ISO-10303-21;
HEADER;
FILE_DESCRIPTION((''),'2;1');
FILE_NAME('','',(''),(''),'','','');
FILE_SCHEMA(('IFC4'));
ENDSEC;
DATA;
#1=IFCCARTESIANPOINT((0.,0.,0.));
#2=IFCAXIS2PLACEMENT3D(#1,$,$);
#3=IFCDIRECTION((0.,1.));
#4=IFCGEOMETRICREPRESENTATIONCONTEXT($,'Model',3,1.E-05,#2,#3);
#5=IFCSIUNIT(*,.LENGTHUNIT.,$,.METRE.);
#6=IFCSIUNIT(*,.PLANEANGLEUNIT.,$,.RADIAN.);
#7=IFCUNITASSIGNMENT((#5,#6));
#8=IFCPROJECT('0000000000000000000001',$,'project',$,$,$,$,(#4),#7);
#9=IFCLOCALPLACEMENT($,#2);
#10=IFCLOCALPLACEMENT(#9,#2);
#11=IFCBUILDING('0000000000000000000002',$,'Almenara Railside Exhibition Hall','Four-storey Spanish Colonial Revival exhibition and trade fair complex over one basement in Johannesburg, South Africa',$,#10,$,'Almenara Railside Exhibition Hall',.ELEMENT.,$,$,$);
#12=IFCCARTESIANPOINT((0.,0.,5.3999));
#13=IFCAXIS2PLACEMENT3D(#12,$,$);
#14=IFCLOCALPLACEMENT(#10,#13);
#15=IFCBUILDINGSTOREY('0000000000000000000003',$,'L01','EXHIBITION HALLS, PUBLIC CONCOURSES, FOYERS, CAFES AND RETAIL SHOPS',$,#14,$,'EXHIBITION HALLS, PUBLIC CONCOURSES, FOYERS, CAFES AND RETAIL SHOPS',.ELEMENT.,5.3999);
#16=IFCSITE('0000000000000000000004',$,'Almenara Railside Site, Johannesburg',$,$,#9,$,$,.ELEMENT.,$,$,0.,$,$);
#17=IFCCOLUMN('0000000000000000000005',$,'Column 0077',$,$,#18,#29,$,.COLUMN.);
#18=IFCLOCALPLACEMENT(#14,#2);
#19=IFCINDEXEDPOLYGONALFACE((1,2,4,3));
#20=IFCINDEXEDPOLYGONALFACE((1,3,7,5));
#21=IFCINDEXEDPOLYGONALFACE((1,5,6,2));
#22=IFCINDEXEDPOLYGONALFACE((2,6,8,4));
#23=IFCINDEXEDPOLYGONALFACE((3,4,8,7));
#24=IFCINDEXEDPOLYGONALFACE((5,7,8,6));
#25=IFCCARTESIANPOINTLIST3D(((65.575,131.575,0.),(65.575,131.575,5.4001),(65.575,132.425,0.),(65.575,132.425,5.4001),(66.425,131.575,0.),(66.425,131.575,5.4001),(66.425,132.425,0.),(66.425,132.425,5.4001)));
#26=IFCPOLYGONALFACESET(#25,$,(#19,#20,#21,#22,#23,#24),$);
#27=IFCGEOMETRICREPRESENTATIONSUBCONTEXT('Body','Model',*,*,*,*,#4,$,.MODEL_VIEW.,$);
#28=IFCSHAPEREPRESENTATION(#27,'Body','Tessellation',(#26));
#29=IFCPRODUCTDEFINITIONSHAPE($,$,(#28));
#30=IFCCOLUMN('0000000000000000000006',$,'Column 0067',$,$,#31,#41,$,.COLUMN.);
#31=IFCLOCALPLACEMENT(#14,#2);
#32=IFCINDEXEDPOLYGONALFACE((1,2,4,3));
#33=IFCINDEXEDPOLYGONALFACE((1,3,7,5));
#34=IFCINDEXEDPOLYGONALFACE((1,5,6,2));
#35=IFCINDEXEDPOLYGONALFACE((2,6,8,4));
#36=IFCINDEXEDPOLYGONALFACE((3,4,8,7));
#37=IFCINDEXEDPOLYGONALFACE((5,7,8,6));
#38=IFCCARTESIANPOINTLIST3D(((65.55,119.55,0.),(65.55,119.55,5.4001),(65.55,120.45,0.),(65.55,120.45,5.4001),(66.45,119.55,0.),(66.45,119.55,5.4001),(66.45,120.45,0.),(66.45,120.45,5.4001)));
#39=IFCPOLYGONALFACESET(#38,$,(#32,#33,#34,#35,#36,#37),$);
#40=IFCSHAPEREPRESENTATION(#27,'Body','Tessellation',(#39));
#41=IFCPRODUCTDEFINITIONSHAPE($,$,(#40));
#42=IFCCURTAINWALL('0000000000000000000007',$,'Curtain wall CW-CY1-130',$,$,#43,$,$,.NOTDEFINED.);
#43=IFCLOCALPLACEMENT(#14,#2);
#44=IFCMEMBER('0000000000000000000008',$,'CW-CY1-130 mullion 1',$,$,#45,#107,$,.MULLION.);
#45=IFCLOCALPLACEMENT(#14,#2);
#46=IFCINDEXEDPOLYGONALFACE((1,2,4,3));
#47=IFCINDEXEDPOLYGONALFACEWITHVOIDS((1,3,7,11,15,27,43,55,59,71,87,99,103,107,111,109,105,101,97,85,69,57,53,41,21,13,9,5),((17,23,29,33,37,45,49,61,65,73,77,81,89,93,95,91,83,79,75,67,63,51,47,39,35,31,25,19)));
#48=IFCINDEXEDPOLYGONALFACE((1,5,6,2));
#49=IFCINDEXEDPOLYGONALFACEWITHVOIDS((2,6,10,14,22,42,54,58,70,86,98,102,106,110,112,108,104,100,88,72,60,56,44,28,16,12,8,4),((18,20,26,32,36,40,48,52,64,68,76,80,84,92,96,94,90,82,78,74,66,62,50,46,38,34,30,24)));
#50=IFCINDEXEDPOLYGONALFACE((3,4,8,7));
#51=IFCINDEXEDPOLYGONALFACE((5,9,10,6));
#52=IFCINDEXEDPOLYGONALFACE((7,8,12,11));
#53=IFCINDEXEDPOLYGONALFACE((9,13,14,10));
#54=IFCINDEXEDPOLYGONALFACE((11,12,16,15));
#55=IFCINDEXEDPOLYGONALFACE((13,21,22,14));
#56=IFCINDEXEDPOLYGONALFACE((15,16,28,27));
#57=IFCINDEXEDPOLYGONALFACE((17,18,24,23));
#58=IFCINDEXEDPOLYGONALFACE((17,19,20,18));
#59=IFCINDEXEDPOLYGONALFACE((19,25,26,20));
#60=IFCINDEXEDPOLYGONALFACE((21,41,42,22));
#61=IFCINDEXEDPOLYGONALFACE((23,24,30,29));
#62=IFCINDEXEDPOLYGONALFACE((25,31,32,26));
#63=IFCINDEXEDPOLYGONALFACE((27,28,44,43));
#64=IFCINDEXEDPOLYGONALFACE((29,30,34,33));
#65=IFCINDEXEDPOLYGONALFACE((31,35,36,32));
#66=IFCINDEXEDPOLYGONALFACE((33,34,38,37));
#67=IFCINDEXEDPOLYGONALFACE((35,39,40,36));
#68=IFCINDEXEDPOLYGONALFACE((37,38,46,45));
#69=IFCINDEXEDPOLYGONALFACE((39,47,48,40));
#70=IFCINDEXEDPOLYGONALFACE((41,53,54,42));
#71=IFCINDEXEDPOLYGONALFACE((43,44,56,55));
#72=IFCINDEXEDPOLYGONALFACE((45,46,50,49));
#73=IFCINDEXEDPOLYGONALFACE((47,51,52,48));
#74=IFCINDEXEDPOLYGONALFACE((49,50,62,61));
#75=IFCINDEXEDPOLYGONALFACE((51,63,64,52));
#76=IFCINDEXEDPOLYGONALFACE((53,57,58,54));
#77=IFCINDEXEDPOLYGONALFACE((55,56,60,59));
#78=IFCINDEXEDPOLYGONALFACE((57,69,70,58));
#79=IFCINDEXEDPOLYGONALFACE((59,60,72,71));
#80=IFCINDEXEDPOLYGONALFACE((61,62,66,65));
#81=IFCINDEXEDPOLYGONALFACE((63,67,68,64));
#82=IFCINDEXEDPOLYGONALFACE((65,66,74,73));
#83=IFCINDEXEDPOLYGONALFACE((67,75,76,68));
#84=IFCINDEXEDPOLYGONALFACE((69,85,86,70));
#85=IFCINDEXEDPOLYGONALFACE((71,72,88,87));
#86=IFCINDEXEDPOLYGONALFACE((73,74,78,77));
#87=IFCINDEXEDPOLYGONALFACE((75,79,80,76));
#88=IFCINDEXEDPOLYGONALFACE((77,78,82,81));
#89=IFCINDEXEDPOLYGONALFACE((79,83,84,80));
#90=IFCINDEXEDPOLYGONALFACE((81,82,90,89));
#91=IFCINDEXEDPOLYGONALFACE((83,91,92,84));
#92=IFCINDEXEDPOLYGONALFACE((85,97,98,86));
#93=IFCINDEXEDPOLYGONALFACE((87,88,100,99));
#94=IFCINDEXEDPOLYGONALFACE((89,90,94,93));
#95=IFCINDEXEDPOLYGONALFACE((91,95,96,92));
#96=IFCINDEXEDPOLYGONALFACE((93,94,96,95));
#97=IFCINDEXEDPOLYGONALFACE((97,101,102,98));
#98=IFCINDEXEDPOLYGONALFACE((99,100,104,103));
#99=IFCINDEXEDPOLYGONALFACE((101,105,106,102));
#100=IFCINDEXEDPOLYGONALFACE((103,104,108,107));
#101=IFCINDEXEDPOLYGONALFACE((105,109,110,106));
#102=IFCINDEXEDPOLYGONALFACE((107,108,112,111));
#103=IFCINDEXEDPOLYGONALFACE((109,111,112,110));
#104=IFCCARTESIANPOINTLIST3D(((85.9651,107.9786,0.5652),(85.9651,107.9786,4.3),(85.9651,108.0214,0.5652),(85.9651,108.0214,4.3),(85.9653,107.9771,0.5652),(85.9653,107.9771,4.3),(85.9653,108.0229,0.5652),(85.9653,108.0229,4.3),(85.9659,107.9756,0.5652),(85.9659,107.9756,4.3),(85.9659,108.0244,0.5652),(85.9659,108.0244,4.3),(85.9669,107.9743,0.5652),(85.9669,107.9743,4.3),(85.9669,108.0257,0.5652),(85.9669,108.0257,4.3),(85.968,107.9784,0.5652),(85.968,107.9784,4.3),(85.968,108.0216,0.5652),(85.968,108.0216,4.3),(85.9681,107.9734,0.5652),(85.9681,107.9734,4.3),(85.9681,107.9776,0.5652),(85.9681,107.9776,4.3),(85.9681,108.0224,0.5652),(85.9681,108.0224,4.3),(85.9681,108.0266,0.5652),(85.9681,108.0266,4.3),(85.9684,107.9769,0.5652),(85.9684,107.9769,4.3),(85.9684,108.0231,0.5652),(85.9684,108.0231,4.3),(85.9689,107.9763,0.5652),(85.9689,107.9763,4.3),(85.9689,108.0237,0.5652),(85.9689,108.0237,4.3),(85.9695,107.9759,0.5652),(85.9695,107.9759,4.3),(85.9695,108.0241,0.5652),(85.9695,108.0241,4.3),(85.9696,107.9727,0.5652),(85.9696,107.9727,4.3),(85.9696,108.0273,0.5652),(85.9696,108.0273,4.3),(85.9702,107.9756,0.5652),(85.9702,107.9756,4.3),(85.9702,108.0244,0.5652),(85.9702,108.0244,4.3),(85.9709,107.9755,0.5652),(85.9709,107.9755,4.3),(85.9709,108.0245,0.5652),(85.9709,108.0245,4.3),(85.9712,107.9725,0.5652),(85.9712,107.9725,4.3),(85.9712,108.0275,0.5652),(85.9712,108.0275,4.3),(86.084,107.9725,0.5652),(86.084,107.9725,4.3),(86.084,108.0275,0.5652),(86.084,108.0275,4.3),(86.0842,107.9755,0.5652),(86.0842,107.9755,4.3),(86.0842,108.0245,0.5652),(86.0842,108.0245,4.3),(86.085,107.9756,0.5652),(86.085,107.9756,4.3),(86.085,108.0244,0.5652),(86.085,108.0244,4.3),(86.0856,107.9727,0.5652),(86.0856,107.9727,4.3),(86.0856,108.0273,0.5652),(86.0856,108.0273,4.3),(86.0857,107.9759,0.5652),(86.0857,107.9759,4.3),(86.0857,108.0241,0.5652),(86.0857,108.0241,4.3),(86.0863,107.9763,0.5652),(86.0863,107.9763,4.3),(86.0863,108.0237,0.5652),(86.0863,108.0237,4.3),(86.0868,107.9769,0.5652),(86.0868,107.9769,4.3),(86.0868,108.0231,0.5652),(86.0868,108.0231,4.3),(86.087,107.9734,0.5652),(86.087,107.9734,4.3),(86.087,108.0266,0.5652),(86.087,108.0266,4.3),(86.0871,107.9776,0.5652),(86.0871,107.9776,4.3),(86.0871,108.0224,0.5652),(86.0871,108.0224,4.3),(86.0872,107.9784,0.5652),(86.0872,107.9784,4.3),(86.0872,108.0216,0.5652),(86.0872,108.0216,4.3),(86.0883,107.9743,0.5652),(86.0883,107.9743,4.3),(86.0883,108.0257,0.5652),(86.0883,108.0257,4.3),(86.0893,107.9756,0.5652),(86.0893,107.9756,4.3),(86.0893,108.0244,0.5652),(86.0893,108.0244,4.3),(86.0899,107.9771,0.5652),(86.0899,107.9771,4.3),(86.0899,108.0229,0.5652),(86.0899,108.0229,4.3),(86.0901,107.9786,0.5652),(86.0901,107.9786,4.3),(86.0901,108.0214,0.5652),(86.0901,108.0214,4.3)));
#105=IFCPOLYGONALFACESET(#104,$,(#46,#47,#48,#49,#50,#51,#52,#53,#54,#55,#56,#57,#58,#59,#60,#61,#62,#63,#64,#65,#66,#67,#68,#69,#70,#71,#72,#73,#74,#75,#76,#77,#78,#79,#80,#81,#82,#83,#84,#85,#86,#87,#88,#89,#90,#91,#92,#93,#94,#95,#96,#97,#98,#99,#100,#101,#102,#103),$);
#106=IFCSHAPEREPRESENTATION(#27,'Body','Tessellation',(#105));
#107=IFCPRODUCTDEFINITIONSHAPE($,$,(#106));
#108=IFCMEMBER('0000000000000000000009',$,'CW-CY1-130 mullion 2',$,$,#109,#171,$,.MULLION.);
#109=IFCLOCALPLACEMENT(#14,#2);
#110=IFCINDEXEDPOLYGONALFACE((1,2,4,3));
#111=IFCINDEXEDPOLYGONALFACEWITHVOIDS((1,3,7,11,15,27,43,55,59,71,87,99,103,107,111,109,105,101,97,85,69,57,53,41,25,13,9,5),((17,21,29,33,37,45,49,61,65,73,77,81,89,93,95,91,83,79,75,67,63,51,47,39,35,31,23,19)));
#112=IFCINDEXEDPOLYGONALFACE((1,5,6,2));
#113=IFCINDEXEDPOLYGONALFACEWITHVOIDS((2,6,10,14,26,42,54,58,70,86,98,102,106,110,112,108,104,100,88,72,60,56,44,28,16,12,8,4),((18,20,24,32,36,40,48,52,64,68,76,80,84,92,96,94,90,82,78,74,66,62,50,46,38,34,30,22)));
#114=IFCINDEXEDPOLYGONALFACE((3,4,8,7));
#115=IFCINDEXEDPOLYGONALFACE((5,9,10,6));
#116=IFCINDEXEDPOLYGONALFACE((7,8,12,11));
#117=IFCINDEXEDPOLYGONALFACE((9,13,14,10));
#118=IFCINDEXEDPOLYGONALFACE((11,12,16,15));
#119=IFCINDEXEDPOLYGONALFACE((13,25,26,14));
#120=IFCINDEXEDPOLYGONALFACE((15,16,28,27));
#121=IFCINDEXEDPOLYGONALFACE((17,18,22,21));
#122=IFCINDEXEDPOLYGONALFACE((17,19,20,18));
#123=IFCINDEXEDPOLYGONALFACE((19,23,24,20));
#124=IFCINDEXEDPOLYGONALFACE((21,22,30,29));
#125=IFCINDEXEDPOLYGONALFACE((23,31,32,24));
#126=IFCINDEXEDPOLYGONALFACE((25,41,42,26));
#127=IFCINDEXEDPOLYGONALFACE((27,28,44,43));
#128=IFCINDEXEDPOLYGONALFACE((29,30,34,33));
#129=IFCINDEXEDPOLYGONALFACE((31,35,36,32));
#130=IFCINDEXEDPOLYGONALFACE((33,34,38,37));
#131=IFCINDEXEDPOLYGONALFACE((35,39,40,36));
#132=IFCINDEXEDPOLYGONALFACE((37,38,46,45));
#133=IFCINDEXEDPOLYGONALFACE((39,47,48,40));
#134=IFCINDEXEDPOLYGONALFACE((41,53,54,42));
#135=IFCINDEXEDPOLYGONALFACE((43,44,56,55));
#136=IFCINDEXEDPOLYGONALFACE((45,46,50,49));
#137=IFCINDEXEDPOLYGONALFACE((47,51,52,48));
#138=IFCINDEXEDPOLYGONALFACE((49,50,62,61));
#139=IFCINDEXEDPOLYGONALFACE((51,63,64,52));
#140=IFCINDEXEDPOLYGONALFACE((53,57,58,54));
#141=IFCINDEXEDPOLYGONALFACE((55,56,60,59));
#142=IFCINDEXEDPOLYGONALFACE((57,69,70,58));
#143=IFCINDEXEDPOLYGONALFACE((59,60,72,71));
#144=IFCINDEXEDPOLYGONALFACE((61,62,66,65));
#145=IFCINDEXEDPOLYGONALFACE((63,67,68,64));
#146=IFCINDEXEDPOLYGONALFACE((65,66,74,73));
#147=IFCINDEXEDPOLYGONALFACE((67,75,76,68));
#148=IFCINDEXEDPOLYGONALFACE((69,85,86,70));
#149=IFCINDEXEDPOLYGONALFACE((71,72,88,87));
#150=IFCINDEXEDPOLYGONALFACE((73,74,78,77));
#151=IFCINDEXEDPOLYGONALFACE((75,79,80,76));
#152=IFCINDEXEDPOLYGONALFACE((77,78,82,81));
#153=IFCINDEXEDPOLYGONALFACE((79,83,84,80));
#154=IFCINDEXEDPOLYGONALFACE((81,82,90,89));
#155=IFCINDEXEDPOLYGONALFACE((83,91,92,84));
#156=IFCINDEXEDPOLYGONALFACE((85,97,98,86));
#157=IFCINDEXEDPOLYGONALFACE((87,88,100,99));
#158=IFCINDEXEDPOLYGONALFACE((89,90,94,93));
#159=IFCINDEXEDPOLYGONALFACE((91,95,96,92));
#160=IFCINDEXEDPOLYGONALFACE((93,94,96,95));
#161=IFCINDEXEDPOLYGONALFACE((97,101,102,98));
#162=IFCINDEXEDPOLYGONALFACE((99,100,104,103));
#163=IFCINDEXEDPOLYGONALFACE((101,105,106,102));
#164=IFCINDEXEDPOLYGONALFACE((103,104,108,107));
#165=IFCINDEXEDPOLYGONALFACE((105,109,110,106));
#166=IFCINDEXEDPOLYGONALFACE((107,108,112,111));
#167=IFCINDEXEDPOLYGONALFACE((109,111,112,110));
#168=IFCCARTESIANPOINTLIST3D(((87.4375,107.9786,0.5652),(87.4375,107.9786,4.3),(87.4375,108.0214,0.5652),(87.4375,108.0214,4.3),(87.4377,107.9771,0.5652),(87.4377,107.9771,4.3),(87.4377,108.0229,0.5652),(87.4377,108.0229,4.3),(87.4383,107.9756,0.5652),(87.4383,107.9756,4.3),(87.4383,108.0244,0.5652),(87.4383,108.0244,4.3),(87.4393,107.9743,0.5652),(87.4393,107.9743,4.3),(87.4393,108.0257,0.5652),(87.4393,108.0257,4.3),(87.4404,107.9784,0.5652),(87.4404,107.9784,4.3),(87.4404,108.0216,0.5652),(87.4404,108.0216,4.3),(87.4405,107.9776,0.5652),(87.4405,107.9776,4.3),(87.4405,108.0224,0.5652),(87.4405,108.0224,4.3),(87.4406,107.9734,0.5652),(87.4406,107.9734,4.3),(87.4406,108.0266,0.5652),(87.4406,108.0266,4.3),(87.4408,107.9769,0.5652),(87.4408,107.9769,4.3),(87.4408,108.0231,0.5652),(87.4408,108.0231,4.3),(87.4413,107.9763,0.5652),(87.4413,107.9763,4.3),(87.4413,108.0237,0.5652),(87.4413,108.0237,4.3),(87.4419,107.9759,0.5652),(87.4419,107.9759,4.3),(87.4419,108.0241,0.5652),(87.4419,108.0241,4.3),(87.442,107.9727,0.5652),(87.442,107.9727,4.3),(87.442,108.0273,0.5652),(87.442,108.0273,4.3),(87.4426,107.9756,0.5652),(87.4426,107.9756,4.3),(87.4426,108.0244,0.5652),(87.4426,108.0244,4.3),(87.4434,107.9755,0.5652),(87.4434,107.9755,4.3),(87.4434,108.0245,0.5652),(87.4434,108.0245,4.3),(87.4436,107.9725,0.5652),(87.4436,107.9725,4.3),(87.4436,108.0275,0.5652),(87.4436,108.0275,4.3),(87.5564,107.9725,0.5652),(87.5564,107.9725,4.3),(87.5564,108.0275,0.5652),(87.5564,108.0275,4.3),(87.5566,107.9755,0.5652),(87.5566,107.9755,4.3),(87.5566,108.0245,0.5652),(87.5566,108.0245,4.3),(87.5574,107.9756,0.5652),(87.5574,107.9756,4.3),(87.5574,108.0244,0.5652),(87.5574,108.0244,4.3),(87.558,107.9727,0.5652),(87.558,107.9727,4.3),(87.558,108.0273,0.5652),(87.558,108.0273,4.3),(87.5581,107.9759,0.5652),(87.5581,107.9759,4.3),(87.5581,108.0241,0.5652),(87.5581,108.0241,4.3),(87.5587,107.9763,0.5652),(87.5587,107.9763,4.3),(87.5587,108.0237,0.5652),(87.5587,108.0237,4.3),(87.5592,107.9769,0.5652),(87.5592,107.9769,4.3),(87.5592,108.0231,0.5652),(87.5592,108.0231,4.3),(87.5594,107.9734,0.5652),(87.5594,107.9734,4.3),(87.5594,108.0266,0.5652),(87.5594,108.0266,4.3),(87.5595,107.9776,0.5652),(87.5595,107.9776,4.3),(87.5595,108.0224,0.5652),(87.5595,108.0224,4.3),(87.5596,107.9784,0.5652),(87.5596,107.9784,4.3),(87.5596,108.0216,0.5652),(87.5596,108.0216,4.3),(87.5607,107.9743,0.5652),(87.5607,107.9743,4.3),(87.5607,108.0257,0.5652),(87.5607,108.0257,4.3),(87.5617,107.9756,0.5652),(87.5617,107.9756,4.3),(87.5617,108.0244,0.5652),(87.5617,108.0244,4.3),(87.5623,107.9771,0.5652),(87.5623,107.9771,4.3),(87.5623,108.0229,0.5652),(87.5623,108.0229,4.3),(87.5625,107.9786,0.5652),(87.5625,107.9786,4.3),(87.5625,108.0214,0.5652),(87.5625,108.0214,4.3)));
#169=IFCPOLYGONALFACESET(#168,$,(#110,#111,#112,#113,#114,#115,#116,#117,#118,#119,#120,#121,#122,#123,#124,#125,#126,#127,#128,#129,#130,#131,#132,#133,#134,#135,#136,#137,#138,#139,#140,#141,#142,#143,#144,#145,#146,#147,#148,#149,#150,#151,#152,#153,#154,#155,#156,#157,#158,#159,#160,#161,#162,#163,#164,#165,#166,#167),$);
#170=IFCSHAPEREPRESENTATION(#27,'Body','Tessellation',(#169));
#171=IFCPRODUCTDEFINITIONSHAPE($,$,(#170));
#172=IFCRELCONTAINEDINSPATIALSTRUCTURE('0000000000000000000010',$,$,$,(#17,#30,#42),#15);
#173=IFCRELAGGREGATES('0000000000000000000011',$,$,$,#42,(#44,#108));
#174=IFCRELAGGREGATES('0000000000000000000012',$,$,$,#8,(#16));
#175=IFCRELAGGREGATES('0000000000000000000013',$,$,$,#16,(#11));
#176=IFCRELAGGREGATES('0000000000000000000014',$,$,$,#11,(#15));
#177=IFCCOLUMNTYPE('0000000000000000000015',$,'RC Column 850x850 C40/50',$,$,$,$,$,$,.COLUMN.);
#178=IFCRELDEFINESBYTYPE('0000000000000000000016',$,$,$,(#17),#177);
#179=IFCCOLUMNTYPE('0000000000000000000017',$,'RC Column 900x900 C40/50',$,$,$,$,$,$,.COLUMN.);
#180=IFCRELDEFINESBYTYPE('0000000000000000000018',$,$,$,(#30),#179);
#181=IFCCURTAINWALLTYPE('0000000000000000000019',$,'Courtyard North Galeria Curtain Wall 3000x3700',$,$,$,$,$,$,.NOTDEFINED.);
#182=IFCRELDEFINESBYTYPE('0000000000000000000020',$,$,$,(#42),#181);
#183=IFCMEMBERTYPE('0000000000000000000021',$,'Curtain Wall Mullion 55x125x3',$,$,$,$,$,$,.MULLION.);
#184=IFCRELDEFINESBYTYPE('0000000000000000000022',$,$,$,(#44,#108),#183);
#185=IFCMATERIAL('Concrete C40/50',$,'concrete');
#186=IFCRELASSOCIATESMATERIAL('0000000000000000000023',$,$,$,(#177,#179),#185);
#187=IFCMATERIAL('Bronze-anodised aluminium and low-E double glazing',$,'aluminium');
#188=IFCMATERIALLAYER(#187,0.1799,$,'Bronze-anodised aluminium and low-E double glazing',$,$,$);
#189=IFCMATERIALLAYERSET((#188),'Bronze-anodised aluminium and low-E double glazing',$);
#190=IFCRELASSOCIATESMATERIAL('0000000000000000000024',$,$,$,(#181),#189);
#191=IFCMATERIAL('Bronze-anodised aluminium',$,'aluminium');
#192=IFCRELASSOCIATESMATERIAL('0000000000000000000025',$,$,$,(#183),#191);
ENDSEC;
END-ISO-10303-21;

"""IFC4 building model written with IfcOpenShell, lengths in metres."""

from ifc_helpers import new_model, si_unit, direction, frame, origin, origin_2d, place, context, subcontext, project, spatial, rectangle, hollow_rectangle, extrude, material, layer, layer_set, material_profile, profile_set, type_object, element, aggregate, save


model = new_model("IFC4")

# Units and contexts
model_context = context("Model", 3, precision=1e-05, world=origin(), true_north=direction((0.0, 1.0)))
body_context = subcontext(model_context, "Body", "Model", "MODEL_VIEW")
ifc_project = project(units=[si_unit("LENGTHUNIT", "METRE"), si_unit("PLANEANGLEUNIT", "RADIAN")], contexts=[model_context])

# Site, building, storey
site_placement = place(None, origin())
site = spatial("IfcSite", under=ifc_project, at=site_placement, Name="Almenara Railside Site, Johannesburg", CompositionType="ELEMENT", RefElevation=0.0)
building_placement = place(site_placement, origin())
building = spatial("IfcBuilding", under=site, at=building_placement, Name="Almenara Railside Exhibition Hall", Description="Four-storey Spanish Colonial Revival exhibition and trade fair complex over one basement in Johannesburg, South Africa", LongName="Almenara Railside Exhibition Hall", CompositionType="ELEMENT")
storey_placement = place(building_placement, frame((0.0, 0.0, 5.3999)))
storey = spatial("IfcBuildingStorey", under=building, at=storey_placement, Name="L01", Description="EXHIBITION HALLS, PUBLIC CONCOURSES, FOYERS, CAFES AND RETAIL SHOPS", LongName="EXHIBITION HALLS, PUBLIC CONCOURSES, FOYERS, CAFES AND RETAIL SHOPS", CompositionType="ELEMENT", Elevation=5.3999)

# Columns
ifc_material_1 = material(Name="Concrete C40/50", Category="concrete")
ifc_material_profile_1 = material_profile(ifc_material_1, rectangle(XDim=0.8501, YDim=0.8501, at=origin_2d()), Name="RC 850x850")
ifc_profile_set_1 = profile_set([ifc_material_profile_1], Name="Concrete C40/50")
column_type_1 = type_object("IfcColumnType", Name="RC Column 850x850 C40/50", PredefinedType="COLUMN", material=ifc_profile_set_1)
column_1_placement = place(storey_placement, frame((66.0, 132.0, 0.0), z_axis=(0.0, 0.0, 1.0), x_axis=(1.0, 0.0, 0.0)))
element("IfcColumn", 1, at=column_1_placement, inside=storey, type_object=column_type_1, Name="Column 0077", PredefinedType="COLUMN", context=body_context, shape_type="SweptSolid", body=[
    extrude(rectangle(XDim=0.8501, YDim=0.8501, at=origin_2d()), origin(), (0.0, 0.0, 1.0), 5.4001),
])
ifc_material_profile_2 = material_profile(ifc_material_1, rectangle(XDim=0.8999, YDim=0.8999, at=origin_2d()), Name="RC 900x900")
ifc_profile_set_2 = profile_set([ifc_material_profile_2], Name="Concrete C40/50")
column_type_2 = type_object("IfcColumnType", Name="RC Column 900x900 C40/50", PredefinedType="COLUMN", material=ifc_profile_set_2)
column_2_placement = place(storey_placement, frame((66.0, 120.0, 0.0), z_axis=(0.0, 0.0, 1.0), x_axis=(1.0, 0.0, 0.0)))
element("IfcColumn", 2, at=column_2_placement, inside=storey, type_object=column_type_2, Name="Column 0067", PredefinedType="COLUMN", context=body_context, shape_type="SweptSolid", body=[
    extrude(rectangle(XDim=0.8999, YDim=0.8999, at=origin_2d()), origin(), (0.0, 0.0, 1.0), 5.4001),
])

# Curtain wall, members
ifc_material_2 = material(Name="Bronze-anodised aluminium and low-E double glazing", Category="aluminium")
ifc_layer_1 = layer(ifc_material_2, 0.1799, Name="Bronze-anodised aluminium and low-E double glazing")
ifc_layer_set_1 = layer_set([ifc_layer_1], Name="Bronze-anodised aluminium and low-E double glazing")
curtain_wall_type = type_object("IfcCurtainWallType", Name="Courtyard North Galeria Curtain Wall 3000x3700", PredefinedType="NOTDEFINED", material=ifc_layer_set_1)
curtain_wall_placement = place(storey_placement, origin())
curtain_wall = element("IfcCurtainWall", 3, at=curtain_wall_placement, inside=storey, type_object=curtain_wall_type, Name="Curtain wall CW-CY1-130", PredefinedType="NOTDEFINED")
ifc_material_3 = material(Name="Bronze-anodised aluminium", Category="aluminium")
ifc_material_profile_3 = material_profile(ifc_material_3, hollow_rectangle(XDim=0.0549, YDim=0.125, WallThickness=0.0029, InnerFilletRadius=0.0029, OuterFilletRadius=0.0061, at=origin_2d()), Name="ALU-MUL 55x125x3")
ifc_profile_set_3 = profile_set([ifc_material_profile_3], Name="Bronze-anodised aluminium")
member_type_1 = type_object("IfcMemberType", Name="Curtain Wall Mullion 55x125x3", PredefinedType="MULLION", material=ifc_profile_set_3)
member_1_placement = place(storey_placement, frame((86.0276, 108.0, 0.5652), z_axis=(0.0, 0.0, 1.0), x_axis=(0.0, 1.0, 0.0)))
member_1 = element("IfcMember", 4, at=member_1_placement, type_object=member_type_1, Name="CW-CY1-130 mullion 1", PredefinedType="MULLION", context=body_context, shape_type="SweptSolid", body=[
    extrude(hollow_rectangle(XDim=0.0549, YDim=0.125, WallThickness=0.0029, InnerFilletRadius=0.0029, OuterFilletRadius=0.0061, at=origin_2d()), origin(), (0.0, 0.0, 1.0), 3.7349),
])
member_2_placement = place(storey_placement, frame((87.5, 108.0, 0.5652), z_axis=(0.0, 0.0, 1.0), x_axis=(0.0, 1.0, 0.0)))
member_2 = element("IfcMember", 5, at=member_2_placement, type_object=member_type_1, Name="CW-CY1-130 mullion 2", PredefinedType="MULLION", context=body_context, shape_type="SweptSolid", body=[
    extrude(hollow_rectangle(XDim=0.0549, YDim=0.125, WallThickness=0.0029, InnerFilletRadius=0.0029, OuterFilletRadius=0.0061, at=origin_2d()), origin(), (0.0, 0.0, 1.0), 3.7349),
])

aggregate(curtain_wall, [member_1, member_2])

save(model, "model.ifc")
